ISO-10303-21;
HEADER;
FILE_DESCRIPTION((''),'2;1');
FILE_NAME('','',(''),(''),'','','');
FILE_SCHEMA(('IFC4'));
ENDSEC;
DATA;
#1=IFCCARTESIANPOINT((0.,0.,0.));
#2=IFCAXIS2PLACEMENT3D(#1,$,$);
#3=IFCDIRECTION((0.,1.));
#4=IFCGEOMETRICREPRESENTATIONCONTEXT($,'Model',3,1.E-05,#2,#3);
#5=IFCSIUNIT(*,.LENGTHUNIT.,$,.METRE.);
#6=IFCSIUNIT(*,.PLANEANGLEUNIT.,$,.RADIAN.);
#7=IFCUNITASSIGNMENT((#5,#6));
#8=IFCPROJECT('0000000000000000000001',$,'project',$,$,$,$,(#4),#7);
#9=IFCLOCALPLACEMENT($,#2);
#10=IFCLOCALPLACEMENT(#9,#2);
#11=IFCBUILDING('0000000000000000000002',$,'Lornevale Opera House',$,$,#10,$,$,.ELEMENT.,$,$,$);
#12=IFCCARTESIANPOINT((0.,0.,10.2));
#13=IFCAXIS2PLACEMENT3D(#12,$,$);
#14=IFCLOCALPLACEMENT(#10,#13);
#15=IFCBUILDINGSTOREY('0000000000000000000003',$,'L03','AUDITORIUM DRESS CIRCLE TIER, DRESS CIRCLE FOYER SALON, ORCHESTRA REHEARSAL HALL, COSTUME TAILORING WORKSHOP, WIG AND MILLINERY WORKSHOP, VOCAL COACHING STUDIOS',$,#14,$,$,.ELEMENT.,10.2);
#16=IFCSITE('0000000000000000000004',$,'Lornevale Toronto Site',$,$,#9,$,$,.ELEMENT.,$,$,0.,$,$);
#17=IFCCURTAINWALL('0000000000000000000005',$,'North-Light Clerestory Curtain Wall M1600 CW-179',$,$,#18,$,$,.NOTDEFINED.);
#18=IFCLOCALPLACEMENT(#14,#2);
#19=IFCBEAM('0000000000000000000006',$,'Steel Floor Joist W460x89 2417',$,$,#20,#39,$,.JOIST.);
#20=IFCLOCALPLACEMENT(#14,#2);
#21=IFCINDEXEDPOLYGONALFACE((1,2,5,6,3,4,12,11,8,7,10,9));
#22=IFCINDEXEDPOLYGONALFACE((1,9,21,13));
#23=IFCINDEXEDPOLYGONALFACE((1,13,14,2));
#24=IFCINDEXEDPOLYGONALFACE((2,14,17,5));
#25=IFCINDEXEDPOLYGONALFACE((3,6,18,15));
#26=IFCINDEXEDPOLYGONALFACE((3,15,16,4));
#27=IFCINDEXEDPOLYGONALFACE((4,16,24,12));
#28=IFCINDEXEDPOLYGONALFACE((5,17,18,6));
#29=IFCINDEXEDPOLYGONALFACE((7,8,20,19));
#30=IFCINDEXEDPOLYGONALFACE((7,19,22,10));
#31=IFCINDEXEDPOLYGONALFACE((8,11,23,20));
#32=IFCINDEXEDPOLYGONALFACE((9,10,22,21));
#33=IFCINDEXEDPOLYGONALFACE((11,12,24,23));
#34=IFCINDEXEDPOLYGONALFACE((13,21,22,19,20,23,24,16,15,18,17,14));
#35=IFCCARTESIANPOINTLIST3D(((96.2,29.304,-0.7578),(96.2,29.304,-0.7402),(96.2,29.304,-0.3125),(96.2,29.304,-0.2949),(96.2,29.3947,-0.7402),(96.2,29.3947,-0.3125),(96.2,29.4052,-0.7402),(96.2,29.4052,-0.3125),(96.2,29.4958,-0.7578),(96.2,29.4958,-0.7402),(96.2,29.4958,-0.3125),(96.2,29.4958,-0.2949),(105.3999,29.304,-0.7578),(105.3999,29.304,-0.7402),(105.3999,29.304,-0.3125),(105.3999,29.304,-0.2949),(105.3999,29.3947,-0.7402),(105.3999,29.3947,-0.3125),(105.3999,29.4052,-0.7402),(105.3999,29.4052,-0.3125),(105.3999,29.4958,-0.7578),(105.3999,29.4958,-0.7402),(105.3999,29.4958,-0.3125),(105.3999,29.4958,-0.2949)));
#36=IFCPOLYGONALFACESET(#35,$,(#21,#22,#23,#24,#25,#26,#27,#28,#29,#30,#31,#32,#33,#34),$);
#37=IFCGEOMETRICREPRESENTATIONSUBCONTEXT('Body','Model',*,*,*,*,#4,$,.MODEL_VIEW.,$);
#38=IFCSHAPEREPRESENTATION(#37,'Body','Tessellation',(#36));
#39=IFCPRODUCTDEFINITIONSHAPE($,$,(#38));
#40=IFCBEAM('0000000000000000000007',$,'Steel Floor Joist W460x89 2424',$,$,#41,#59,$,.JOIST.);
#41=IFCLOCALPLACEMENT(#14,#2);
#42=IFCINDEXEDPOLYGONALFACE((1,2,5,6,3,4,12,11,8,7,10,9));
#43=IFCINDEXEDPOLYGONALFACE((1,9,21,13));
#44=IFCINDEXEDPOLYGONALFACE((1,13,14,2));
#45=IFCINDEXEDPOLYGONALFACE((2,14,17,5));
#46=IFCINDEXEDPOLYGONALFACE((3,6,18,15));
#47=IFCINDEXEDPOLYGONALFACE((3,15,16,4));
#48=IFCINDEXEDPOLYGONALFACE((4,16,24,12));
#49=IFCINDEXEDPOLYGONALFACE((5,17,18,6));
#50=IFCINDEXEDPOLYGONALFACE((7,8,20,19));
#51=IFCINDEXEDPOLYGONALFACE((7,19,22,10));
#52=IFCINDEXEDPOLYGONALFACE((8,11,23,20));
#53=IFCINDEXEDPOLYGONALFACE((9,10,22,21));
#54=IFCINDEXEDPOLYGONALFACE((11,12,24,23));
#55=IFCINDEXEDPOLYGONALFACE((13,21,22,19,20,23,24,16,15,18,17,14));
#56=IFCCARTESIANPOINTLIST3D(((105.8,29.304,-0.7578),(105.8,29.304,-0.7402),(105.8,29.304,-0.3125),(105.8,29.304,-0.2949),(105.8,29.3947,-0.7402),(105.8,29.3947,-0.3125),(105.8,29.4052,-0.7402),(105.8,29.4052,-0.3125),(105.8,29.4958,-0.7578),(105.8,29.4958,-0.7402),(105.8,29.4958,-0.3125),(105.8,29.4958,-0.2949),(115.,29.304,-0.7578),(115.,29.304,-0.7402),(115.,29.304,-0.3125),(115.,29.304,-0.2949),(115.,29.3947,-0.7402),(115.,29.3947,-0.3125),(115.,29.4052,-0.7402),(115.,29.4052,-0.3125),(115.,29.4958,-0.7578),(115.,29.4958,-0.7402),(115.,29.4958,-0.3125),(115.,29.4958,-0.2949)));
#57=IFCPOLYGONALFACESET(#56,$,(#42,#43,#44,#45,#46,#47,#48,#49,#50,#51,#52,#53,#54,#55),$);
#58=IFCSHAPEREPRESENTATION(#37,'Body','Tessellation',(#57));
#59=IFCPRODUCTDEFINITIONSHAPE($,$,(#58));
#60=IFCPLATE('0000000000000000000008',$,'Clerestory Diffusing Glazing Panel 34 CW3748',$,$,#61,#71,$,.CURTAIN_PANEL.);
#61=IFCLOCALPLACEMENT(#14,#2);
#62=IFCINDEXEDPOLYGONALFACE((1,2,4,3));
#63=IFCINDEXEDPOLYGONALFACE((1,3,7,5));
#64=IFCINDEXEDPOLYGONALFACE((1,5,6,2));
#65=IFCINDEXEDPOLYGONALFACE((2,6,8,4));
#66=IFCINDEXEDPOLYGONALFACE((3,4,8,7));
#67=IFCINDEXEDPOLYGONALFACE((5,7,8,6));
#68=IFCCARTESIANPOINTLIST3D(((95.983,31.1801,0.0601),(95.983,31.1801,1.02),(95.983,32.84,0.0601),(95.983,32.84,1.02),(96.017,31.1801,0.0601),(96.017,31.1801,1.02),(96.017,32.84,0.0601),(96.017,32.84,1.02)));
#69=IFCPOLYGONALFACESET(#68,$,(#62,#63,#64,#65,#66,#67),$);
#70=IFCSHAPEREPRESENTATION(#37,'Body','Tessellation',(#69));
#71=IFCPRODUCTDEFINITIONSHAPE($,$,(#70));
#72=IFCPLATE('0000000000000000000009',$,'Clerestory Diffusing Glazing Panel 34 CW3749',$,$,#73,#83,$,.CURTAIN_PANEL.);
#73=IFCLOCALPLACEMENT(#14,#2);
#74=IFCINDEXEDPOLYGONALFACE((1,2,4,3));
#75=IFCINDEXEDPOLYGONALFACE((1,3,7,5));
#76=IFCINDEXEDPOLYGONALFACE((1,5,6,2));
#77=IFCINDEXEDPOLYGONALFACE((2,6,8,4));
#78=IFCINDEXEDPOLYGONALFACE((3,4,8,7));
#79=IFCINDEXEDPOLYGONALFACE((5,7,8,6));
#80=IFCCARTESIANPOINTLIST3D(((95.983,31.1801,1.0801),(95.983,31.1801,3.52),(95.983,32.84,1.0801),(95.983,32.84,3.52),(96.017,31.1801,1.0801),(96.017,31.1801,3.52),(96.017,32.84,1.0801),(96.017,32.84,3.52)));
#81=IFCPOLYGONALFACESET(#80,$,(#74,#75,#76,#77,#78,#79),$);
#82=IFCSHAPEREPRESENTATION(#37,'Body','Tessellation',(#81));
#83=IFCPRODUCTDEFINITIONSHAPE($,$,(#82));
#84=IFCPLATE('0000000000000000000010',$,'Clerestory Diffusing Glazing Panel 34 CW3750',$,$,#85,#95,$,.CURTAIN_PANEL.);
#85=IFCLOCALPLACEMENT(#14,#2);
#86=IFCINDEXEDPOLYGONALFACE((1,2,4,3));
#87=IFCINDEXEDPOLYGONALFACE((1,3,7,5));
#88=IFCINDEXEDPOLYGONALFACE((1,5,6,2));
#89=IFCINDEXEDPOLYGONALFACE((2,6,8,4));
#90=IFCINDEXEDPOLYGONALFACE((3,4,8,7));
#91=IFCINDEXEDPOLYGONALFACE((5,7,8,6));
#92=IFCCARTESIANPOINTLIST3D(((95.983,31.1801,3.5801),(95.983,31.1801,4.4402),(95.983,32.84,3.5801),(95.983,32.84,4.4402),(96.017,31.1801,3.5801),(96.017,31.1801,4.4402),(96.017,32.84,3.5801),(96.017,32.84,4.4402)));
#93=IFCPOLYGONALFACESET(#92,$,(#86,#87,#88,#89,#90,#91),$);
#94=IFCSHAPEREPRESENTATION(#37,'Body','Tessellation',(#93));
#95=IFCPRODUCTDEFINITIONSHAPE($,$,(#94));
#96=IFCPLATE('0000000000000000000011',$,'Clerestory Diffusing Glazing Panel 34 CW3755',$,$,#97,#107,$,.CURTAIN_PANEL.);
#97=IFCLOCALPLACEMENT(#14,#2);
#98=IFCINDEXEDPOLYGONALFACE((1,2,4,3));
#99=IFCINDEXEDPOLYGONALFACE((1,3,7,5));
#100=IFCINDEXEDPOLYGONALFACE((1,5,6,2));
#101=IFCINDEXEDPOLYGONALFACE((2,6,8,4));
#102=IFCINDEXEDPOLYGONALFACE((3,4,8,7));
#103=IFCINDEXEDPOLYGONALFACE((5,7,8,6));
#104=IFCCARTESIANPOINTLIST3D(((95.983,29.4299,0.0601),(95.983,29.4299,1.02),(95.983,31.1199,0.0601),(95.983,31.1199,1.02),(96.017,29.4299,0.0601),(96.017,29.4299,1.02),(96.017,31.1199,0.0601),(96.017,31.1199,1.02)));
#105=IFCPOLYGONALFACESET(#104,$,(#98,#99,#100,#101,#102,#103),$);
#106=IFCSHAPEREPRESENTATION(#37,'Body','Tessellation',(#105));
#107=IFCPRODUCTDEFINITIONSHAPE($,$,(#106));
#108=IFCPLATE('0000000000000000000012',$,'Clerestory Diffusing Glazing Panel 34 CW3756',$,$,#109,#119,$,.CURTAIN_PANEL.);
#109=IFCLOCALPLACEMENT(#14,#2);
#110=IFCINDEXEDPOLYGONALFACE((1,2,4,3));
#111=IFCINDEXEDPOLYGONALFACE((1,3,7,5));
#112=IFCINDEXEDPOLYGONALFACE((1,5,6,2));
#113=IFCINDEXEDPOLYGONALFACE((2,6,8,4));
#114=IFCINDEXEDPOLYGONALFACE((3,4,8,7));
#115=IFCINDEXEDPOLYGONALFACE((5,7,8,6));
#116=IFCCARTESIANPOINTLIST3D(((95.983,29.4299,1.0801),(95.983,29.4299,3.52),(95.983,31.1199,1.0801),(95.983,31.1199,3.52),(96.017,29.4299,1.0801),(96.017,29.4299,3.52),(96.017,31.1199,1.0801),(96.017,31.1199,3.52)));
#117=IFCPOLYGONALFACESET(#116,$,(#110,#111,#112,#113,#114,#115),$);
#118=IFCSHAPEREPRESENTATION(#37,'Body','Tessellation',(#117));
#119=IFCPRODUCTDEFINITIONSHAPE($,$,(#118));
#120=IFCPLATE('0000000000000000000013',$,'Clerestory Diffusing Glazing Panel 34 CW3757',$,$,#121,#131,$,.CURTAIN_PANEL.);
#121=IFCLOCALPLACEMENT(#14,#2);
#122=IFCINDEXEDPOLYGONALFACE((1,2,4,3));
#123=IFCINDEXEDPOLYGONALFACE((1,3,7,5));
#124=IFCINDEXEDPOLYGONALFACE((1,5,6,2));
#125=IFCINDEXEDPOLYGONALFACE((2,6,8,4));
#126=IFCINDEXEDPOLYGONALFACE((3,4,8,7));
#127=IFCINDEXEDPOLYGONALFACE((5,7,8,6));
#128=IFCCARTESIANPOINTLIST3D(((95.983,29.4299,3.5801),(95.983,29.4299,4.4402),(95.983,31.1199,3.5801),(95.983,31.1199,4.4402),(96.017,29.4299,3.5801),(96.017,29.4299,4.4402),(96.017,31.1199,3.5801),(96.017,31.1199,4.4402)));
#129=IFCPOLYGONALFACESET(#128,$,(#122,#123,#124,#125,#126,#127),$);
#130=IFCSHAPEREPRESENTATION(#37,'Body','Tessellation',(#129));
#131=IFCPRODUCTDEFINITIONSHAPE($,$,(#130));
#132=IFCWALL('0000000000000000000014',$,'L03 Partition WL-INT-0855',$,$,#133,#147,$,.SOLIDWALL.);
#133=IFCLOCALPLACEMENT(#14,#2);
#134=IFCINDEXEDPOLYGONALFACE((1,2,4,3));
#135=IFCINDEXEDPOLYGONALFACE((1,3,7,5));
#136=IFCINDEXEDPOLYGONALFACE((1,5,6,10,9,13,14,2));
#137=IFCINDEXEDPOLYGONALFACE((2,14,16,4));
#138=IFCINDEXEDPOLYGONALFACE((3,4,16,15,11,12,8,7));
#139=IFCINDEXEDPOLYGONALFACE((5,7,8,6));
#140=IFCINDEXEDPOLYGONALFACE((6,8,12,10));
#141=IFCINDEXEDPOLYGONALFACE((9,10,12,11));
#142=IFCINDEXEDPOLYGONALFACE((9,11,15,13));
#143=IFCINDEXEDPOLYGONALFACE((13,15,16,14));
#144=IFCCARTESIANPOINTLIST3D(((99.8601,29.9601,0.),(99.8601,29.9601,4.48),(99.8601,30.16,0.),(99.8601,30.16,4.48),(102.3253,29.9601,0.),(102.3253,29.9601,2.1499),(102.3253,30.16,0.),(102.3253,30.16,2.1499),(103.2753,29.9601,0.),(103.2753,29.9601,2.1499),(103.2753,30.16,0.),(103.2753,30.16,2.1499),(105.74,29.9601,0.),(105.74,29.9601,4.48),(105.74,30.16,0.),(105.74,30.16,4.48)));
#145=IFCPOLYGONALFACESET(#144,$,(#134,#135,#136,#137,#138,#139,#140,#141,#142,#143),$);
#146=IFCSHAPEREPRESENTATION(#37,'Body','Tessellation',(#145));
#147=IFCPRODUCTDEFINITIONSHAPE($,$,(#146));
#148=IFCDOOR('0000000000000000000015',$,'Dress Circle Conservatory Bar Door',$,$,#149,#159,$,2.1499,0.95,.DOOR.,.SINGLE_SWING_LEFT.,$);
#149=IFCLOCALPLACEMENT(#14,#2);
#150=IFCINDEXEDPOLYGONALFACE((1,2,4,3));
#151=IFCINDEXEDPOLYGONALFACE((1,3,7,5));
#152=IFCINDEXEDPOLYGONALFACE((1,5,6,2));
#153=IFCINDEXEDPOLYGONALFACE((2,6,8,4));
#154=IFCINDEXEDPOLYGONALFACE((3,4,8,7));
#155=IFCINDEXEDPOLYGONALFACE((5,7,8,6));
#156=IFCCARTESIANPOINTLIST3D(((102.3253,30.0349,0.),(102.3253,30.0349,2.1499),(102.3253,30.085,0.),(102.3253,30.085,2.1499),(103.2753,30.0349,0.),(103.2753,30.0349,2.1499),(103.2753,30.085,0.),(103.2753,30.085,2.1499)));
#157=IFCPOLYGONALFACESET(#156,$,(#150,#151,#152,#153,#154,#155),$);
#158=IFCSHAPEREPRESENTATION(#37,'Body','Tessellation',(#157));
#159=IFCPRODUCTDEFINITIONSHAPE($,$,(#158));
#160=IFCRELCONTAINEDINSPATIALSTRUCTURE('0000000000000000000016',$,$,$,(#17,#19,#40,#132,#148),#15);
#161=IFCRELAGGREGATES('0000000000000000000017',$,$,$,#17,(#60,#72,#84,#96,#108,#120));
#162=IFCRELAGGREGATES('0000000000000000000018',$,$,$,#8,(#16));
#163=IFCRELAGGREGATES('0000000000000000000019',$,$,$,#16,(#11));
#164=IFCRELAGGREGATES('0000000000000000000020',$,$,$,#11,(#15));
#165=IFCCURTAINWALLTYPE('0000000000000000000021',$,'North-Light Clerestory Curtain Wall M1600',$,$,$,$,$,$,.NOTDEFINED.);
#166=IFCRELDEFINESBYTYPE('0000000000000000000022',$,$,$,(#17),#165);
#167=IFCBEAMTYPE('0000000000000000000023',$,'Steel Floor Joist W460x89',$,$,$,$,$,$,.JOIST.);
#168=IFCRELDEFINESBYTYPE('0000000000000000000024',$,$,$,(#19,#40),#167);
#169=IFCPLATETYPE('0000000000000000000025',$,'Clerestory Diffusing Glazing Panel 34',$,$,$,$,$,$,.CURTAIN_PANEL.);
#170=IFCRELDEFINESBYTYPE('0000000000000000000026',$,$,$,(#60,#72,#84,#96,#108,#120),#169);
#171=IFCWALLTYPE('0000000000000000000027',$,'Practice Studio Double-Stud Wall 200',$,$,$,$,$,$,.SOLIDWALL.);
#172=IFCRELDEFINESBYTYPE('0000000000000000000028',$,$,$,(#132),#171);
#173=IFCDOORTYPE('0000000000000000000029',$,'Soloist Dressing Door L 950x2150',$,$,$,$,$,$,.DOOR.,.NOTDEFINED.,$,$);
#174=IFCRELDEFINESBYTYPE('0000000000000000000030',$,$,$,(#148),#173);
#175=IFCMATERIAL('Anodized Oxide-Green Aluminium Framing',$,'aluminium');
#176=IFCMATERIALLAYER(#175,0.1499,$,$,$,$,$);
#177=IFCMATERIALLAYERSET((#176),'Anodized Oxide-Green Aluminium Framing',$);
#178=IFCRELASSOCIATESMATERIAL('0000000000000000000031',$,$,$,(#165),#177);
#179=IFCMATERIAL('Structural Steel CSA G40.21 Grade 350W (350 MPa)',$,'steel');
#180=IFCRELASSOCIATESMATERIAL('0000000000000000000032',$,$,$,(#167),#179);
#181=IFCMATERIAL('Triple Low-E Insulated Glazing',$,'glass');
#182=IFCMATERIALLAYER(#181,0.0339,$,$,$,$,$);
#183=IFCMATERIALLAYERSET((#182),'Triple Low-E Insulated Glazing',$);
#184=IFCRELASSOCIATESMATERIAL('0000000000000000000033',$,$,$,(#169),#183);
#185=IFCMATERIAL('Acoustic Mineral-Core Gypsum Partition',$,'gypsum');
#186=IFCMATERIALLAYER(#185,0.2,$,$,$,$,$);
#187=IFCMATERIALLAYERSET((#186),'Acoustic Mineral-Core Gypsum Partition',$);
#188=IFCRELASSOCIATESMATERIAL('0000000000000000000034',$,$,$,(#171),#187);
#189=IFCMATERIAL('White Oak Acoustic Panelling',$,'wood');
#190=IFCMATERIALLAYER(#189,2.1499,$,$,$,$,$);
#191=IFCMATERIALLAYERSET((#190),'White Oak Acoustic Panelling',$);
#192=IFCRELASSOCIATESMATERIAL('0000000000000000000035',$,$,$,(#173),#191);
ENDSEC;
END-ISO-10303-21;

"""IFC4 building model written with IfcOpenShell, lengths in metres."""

from ifc_helpers import new_model, si_unit, direction, frame, frame_2d, origin, origin_2d, place, context, subcontext, project, spatial, rectangle, i_section, extrude, material, layer, layer_set, material_profile, profile_set, type_object, element, fill, aggregate, save


model = new_model("IFC4")

# Units and contexts
model_context = context("Model", 3, precision=1e-05, world=origin(), true_north=direction((0.0, 1.0)))
body_context = subcontext(model_context, "Body", "Model", "MODEL_VIEW")
ifc_project = project(units=[si_unit("LENGTHUNIT", "METRE"), si_unit("PLANEANGLEUNIT", "RADIAN")], contexts=[model_context])

# Site, building, storey
site_placement = place(None, origin())
site = spatial("IfcSite", under=ifc_project, at=site_placement, Name="Lornevale Toronto Site", CompositionType="ELEMENT", RefElevation=0.0)
building_placement = place(site_placement, origin())
building = spatial("IfcBuilding", under=site, at=building_placement, Name="Lornevale Opera House", CompositionType="ELEMENT")
storey_placement = place(building_placement, frame((0.0, 0.0, 10.2)))
storey = spatial("IfcBuildingStorey", under=building, at=storey_placement, Name="L03", Description="AUDITORIUM DRESS CIRCLE TIER, DRESS CIRCLE FOYER SALON, ORCHESTRA REHEARSAL HALL, COSTUME TAILORING WORKSHOP, WIG AND MILLINERY WORKSHOP, VOCAL COACHING STUDIOS", CompositionType="ELEMENT", Elevation=10.2)

# Curtain wall
ifc_material_1 = material(Name="Anodized Oxide-Green Aluminium Framing", Category="aluminium")
ifc_layer_1 = layer(ifc_material_1, 0.1499)
ifc_layer_set_1 = layer_set([ifc_layer_1], Name="Anodized Oxide-Green Aluminium Framing")
curtain_wall_type = type_object("IfcCurtainWallType", Name="North-Light Clerestory Curtain Wall M1600", PredefinedType="NOTDEFINED", material=ifc_layer_set_1)
curtain_wall_placement = place(storey_placement, origin())
curtain_wall = element("IfcCurtainWall", 1, at=curtain_wall_placement, inside=storey, type_object=curtain_wall_type, Name="North-Light Clerestory Curtain Wall M1600 CW-179", PredefinedType="NOTDEFINED")

# Beams
ifc_material_2 = material(Name="Structural Steel CSA G40.21 Grade 350W (350 MPa)", Category="steel")
ifc_material_profile_1 = material_profile(ifc_material_2, i_section(OverallWidth=0.1919, OverallDepth=0.4629, WebThickness=0.0105, FlangeThickness=0.0176, at=origin_2d()), Name="W460x89")
ifc_profile_set_1 = profile_set([ifc_material_profile_1], Name="Structural Steel CSA G40.21 Grade 350W (350 MPa)")
beam_type = type_object("IfcBeamType", Name="Steel Floor Joist W460x89", PredefinedType="JOIST", material=ifc_profile_set_1)
for number, where, z_axis, x_axis, name in (
    (2, (96.2, 29.3999, -0.5264), (1.0, 0.0, 0.0), (0.0, 1.0, 0.0), "Steel Floor Joist W460x89 2417"),
    (3, (105.8, 29.3999, -0.5264), (1.0, 0.0, 0.0), (0.0, 1.0, 0.0), "Steel Floor Joist W460x89 2424"),
):
    element("IfcBeam", number, at=place(storey_placement, frame(where, z_axis=z_axis, x_axis=x_axis)), inside=storey, type_object=beam_type, Name=name, PredefinedType="JOIST", context=body_context, shape_type="SweptSolid", body=[
        extrude(i_section(OverallWidth=0.1919, OverallDepth=0.4629, WebThickness=0.0105, FlangeThickness=0.0176, at=origin_2d()), origin(), (0.0, 0.0, 1.0), 9.2),
    ])

# Plates
ifc_material_3 = material(Name="Triple Low-E Insulated Glazing", Category="glass")
ifc_layer_2 = layer(ifc_material_3, 0.0339)
ifc_layer_set_2 = layer_set([ifc_layer_2], Name="Triple Low-E Insulated Glazing")
plate_type = type_object("IfcPlateType", Name="Clerestory Diffusing Glazing Panel 34", PredefinedType="CURTAIN_PANEL", material=ifc_layer_set_2)
plate_1_placement = place(storey_placement, frame((96.0, 32.01, 0.0601), z_axis=(0.0, 0.0, 1.0), x_axis=(0.0, -1.0, 0.0)))
plate_1 = element("IfcPlate", 4, at=plate_1_placement, type_object=plate_type, Name="Clerestory Diffusing Glazing Panel 34 CW3748", PredefinedType="CURTAIN_PANEL", context=body_context, shape_type="SweptSolid", body=[
    extrude(rectangle(XDim=1.6599, YDim=0.0339, at=origin_2d()), origin(), (0.0, 0.0, 1.0), 0.96),
])
plate_2_placement = place(storey_placement, frame((96.0, 32.01, 1.0801), z_axis=(0.0, 0.0, 1.0), x_axis=(0.0, -1.0, 0.0)))
plate_2 = element("IfcPlate", 5, at=plate_2_placement, type_object=plate_type, Name="Clerestory Diffusing Glazing Panel 34 CW3749", PredefinedType="CURTAIN_PANEL", context=body_context, shape_type="SweptSolid", body=[
    extrude(rectangle(XDim=1.6599, YDim=0.0339, at=origin_2d()), origin(), (0.0, 0.0, 1.0), 2.4399),
])
plate_3_placement = place(storey_placement, frame((96.0, 32.01, 3.5801), z_axis=(0.0, 0.0, 1.0), x_axis=(0.0, -1.0, 0.0)))
plate_3 = element("IfcPlate", 6, at=plate_3_placement, type_object=plate_type, Name="Clerestory Diffusing Glazing Panel 34 CW3750", PredefinedType="CURTAIN_PANEL", context=body_context, shape_type="SweptSolid", body=[
    extrude(rectangle(XDim=1.6599, YDim=0.0339, at=origin_2d()), origin(), (0.0, 0.0, 1.0), 0.8601),
])
plate_4_placement = place(storey_placement, frame((96.0, 30.2749, 0.0601), z_axis=(0.0, 0.0, 1.0), x_axis=(0.0, -1.0, 0.0)))
plate_4 = element("IfcPlate", 7, at=plate_4_placement, type_object=plate_type, Name="Clerestory Diffusing Glazing Panel 34 CW3755", PredefinedType="CURTAIN_PANEL", context=body_context, shape_type="SweptSolid", body=[
    extrude(rectangle(XDim=1.6899, YDim=0.0339, at=origin_2d()), origin(), (0.0, 0.0, 1.0), 0.96),
])
plate_5_placement = place(storey_placement, frame((96.0, 30.2749, 1.0801), z_axis=(0.0, 0.0, 1.0), x_axis=(0.0, -1.0, 0.0)))
plate_5 = element("IfcPlate", 8, at=plate_5_placement, type_object=plate_type, Name="Clerestory Diffusing Glazing Panel 34 CW3756", PredefinedType="CURTAIN_PANEL", context=body_context, shape_type="SweptSolid", body=[
    extrude(rectangle(XDim=1.6899, YDim=0.0339, at=origin_2d()), origin(), (0.0, 0.0, 1.0), 2.4399),
])
plate_6_placement = place(storey_placement, frame((96.0, 30.2749, 3.5801), z_axis=(0.0, 0.0, 1.0), x_axis=(0.0, -1.0, 0.0)))
plate_6 = element("IfcPlate", 9, at=plate_6_placement, type_object=plate_type, Name="Clerestory Diffusing Glazing Panel 34 CW3757", PredefinedType="CURTAIN_PANEL", context=body_context, shape_type="SweptSolid", body=[
    extrude(rectangle(XDim=1.6899, YDim=0.0339, at=origin_2d()), origin(), (0.0, 0.0, 1.0), 0.8601),
])
aggregate(curtain_wall, [plate_1, plate_2, plate_3, plate_4, plate_5, plate_6])

# Wall, opening, door
ifc_material_4 = material(Name="Acoustic Mineral-Core Gypsum Partition", Category="gypsum")
ifc_layer_3 = layer(ifc_material_4, 0.2)
ifc_layer_set_3 = layer_set([ifc_layer_3], Name="Acoustic Mineral-Core Gypsum Partition")
wall_type = type_object("IfcWallType", Name="Practice Studio Double-Stud Wall 200", PredefinedType="SOLIDWALL", material=ifc_layer_set_3)
wall_placement = place(storey_placement, frame((99.8601, 30.0601, 0.0), z_axis=(0.0, 0.0, 1.0), x_axis=(1.0, 0.0, 0.0)))
wall = element("IfcWall", 10, at=wall_placement, inside=storey, type_object=wall_type, Name="L03 Partition WL-INT-0855", PredefinedType="SOLIDWALL", context=body_context, shape_type="SweptSolid", body=[
    extrude(rectangle(XDim=5.8799, YDim=0.2, at=frame_2d((2.9399, 0.0))), origin(), (0.0, 0.0, 1.0), 4.48),
])
opening_placement = place(wall_placement, frame((2.4651, 0.0, 0.0)))
opening = element("IfcOpeningElement", 11, at=opening_placement, cuts=wall, PredefinedType="OPENING", context=body_context, shape_type="SweptSolid", body=[
    extrude(rectangle(XDim=0.95, YDim=2.1499, at=frame_2d((0.4751, 1.075))), frame((0.0, 0.1099, 0.0), z_axis=(0.0, -1.0, 0.0), x_axis=(1.0, 0.0, 0.0)), (0.0, 0.0, 1.0), 0.22),
])
ifc_material_5 = material(Name="White Oak Acoustic Panelling", Category="wood")
ifc_layer_4 = layer(ifc_material_5, 2.1499)
ifc_layer_set_4 = layer_set([ifc_layer_4], Name="White Oak Acoustic Panelling")
door_type = type_object("IfcDoorType", Name="Soloist Dressing Door L 950x2150", OperationType="NOTDEFINED", PredefinedType="DOOR", material=ifc_layer_set_4)
door_placement = place(opening_placement, origin())
door = element("IfcDoor", 12, at=door_placement, inside=storey, type_object=door_type, Name="Dress Circle Conservatory Bar Door", OperationType="SINGLE_SWING_LEFT", OverallHeight=2.1499, OverallWidth=0.95, PredefinedType="DOOR", context=body_context, shape_type="SweptSolid", body=[
    extrude(rectangle(XDim=0.95, YDim=2.1499, at=frame_2d((0.4751, 1.075))), frame((0.0, 0.0249, 0.0), z_axis=(0.0, -1.0, 0.0), x_axis=(1.0, 0.0, 0.0)), (0.0, 0.0, 1.0), 0.05),
])
fill(opening, door)

save(model, "model.ifc")
